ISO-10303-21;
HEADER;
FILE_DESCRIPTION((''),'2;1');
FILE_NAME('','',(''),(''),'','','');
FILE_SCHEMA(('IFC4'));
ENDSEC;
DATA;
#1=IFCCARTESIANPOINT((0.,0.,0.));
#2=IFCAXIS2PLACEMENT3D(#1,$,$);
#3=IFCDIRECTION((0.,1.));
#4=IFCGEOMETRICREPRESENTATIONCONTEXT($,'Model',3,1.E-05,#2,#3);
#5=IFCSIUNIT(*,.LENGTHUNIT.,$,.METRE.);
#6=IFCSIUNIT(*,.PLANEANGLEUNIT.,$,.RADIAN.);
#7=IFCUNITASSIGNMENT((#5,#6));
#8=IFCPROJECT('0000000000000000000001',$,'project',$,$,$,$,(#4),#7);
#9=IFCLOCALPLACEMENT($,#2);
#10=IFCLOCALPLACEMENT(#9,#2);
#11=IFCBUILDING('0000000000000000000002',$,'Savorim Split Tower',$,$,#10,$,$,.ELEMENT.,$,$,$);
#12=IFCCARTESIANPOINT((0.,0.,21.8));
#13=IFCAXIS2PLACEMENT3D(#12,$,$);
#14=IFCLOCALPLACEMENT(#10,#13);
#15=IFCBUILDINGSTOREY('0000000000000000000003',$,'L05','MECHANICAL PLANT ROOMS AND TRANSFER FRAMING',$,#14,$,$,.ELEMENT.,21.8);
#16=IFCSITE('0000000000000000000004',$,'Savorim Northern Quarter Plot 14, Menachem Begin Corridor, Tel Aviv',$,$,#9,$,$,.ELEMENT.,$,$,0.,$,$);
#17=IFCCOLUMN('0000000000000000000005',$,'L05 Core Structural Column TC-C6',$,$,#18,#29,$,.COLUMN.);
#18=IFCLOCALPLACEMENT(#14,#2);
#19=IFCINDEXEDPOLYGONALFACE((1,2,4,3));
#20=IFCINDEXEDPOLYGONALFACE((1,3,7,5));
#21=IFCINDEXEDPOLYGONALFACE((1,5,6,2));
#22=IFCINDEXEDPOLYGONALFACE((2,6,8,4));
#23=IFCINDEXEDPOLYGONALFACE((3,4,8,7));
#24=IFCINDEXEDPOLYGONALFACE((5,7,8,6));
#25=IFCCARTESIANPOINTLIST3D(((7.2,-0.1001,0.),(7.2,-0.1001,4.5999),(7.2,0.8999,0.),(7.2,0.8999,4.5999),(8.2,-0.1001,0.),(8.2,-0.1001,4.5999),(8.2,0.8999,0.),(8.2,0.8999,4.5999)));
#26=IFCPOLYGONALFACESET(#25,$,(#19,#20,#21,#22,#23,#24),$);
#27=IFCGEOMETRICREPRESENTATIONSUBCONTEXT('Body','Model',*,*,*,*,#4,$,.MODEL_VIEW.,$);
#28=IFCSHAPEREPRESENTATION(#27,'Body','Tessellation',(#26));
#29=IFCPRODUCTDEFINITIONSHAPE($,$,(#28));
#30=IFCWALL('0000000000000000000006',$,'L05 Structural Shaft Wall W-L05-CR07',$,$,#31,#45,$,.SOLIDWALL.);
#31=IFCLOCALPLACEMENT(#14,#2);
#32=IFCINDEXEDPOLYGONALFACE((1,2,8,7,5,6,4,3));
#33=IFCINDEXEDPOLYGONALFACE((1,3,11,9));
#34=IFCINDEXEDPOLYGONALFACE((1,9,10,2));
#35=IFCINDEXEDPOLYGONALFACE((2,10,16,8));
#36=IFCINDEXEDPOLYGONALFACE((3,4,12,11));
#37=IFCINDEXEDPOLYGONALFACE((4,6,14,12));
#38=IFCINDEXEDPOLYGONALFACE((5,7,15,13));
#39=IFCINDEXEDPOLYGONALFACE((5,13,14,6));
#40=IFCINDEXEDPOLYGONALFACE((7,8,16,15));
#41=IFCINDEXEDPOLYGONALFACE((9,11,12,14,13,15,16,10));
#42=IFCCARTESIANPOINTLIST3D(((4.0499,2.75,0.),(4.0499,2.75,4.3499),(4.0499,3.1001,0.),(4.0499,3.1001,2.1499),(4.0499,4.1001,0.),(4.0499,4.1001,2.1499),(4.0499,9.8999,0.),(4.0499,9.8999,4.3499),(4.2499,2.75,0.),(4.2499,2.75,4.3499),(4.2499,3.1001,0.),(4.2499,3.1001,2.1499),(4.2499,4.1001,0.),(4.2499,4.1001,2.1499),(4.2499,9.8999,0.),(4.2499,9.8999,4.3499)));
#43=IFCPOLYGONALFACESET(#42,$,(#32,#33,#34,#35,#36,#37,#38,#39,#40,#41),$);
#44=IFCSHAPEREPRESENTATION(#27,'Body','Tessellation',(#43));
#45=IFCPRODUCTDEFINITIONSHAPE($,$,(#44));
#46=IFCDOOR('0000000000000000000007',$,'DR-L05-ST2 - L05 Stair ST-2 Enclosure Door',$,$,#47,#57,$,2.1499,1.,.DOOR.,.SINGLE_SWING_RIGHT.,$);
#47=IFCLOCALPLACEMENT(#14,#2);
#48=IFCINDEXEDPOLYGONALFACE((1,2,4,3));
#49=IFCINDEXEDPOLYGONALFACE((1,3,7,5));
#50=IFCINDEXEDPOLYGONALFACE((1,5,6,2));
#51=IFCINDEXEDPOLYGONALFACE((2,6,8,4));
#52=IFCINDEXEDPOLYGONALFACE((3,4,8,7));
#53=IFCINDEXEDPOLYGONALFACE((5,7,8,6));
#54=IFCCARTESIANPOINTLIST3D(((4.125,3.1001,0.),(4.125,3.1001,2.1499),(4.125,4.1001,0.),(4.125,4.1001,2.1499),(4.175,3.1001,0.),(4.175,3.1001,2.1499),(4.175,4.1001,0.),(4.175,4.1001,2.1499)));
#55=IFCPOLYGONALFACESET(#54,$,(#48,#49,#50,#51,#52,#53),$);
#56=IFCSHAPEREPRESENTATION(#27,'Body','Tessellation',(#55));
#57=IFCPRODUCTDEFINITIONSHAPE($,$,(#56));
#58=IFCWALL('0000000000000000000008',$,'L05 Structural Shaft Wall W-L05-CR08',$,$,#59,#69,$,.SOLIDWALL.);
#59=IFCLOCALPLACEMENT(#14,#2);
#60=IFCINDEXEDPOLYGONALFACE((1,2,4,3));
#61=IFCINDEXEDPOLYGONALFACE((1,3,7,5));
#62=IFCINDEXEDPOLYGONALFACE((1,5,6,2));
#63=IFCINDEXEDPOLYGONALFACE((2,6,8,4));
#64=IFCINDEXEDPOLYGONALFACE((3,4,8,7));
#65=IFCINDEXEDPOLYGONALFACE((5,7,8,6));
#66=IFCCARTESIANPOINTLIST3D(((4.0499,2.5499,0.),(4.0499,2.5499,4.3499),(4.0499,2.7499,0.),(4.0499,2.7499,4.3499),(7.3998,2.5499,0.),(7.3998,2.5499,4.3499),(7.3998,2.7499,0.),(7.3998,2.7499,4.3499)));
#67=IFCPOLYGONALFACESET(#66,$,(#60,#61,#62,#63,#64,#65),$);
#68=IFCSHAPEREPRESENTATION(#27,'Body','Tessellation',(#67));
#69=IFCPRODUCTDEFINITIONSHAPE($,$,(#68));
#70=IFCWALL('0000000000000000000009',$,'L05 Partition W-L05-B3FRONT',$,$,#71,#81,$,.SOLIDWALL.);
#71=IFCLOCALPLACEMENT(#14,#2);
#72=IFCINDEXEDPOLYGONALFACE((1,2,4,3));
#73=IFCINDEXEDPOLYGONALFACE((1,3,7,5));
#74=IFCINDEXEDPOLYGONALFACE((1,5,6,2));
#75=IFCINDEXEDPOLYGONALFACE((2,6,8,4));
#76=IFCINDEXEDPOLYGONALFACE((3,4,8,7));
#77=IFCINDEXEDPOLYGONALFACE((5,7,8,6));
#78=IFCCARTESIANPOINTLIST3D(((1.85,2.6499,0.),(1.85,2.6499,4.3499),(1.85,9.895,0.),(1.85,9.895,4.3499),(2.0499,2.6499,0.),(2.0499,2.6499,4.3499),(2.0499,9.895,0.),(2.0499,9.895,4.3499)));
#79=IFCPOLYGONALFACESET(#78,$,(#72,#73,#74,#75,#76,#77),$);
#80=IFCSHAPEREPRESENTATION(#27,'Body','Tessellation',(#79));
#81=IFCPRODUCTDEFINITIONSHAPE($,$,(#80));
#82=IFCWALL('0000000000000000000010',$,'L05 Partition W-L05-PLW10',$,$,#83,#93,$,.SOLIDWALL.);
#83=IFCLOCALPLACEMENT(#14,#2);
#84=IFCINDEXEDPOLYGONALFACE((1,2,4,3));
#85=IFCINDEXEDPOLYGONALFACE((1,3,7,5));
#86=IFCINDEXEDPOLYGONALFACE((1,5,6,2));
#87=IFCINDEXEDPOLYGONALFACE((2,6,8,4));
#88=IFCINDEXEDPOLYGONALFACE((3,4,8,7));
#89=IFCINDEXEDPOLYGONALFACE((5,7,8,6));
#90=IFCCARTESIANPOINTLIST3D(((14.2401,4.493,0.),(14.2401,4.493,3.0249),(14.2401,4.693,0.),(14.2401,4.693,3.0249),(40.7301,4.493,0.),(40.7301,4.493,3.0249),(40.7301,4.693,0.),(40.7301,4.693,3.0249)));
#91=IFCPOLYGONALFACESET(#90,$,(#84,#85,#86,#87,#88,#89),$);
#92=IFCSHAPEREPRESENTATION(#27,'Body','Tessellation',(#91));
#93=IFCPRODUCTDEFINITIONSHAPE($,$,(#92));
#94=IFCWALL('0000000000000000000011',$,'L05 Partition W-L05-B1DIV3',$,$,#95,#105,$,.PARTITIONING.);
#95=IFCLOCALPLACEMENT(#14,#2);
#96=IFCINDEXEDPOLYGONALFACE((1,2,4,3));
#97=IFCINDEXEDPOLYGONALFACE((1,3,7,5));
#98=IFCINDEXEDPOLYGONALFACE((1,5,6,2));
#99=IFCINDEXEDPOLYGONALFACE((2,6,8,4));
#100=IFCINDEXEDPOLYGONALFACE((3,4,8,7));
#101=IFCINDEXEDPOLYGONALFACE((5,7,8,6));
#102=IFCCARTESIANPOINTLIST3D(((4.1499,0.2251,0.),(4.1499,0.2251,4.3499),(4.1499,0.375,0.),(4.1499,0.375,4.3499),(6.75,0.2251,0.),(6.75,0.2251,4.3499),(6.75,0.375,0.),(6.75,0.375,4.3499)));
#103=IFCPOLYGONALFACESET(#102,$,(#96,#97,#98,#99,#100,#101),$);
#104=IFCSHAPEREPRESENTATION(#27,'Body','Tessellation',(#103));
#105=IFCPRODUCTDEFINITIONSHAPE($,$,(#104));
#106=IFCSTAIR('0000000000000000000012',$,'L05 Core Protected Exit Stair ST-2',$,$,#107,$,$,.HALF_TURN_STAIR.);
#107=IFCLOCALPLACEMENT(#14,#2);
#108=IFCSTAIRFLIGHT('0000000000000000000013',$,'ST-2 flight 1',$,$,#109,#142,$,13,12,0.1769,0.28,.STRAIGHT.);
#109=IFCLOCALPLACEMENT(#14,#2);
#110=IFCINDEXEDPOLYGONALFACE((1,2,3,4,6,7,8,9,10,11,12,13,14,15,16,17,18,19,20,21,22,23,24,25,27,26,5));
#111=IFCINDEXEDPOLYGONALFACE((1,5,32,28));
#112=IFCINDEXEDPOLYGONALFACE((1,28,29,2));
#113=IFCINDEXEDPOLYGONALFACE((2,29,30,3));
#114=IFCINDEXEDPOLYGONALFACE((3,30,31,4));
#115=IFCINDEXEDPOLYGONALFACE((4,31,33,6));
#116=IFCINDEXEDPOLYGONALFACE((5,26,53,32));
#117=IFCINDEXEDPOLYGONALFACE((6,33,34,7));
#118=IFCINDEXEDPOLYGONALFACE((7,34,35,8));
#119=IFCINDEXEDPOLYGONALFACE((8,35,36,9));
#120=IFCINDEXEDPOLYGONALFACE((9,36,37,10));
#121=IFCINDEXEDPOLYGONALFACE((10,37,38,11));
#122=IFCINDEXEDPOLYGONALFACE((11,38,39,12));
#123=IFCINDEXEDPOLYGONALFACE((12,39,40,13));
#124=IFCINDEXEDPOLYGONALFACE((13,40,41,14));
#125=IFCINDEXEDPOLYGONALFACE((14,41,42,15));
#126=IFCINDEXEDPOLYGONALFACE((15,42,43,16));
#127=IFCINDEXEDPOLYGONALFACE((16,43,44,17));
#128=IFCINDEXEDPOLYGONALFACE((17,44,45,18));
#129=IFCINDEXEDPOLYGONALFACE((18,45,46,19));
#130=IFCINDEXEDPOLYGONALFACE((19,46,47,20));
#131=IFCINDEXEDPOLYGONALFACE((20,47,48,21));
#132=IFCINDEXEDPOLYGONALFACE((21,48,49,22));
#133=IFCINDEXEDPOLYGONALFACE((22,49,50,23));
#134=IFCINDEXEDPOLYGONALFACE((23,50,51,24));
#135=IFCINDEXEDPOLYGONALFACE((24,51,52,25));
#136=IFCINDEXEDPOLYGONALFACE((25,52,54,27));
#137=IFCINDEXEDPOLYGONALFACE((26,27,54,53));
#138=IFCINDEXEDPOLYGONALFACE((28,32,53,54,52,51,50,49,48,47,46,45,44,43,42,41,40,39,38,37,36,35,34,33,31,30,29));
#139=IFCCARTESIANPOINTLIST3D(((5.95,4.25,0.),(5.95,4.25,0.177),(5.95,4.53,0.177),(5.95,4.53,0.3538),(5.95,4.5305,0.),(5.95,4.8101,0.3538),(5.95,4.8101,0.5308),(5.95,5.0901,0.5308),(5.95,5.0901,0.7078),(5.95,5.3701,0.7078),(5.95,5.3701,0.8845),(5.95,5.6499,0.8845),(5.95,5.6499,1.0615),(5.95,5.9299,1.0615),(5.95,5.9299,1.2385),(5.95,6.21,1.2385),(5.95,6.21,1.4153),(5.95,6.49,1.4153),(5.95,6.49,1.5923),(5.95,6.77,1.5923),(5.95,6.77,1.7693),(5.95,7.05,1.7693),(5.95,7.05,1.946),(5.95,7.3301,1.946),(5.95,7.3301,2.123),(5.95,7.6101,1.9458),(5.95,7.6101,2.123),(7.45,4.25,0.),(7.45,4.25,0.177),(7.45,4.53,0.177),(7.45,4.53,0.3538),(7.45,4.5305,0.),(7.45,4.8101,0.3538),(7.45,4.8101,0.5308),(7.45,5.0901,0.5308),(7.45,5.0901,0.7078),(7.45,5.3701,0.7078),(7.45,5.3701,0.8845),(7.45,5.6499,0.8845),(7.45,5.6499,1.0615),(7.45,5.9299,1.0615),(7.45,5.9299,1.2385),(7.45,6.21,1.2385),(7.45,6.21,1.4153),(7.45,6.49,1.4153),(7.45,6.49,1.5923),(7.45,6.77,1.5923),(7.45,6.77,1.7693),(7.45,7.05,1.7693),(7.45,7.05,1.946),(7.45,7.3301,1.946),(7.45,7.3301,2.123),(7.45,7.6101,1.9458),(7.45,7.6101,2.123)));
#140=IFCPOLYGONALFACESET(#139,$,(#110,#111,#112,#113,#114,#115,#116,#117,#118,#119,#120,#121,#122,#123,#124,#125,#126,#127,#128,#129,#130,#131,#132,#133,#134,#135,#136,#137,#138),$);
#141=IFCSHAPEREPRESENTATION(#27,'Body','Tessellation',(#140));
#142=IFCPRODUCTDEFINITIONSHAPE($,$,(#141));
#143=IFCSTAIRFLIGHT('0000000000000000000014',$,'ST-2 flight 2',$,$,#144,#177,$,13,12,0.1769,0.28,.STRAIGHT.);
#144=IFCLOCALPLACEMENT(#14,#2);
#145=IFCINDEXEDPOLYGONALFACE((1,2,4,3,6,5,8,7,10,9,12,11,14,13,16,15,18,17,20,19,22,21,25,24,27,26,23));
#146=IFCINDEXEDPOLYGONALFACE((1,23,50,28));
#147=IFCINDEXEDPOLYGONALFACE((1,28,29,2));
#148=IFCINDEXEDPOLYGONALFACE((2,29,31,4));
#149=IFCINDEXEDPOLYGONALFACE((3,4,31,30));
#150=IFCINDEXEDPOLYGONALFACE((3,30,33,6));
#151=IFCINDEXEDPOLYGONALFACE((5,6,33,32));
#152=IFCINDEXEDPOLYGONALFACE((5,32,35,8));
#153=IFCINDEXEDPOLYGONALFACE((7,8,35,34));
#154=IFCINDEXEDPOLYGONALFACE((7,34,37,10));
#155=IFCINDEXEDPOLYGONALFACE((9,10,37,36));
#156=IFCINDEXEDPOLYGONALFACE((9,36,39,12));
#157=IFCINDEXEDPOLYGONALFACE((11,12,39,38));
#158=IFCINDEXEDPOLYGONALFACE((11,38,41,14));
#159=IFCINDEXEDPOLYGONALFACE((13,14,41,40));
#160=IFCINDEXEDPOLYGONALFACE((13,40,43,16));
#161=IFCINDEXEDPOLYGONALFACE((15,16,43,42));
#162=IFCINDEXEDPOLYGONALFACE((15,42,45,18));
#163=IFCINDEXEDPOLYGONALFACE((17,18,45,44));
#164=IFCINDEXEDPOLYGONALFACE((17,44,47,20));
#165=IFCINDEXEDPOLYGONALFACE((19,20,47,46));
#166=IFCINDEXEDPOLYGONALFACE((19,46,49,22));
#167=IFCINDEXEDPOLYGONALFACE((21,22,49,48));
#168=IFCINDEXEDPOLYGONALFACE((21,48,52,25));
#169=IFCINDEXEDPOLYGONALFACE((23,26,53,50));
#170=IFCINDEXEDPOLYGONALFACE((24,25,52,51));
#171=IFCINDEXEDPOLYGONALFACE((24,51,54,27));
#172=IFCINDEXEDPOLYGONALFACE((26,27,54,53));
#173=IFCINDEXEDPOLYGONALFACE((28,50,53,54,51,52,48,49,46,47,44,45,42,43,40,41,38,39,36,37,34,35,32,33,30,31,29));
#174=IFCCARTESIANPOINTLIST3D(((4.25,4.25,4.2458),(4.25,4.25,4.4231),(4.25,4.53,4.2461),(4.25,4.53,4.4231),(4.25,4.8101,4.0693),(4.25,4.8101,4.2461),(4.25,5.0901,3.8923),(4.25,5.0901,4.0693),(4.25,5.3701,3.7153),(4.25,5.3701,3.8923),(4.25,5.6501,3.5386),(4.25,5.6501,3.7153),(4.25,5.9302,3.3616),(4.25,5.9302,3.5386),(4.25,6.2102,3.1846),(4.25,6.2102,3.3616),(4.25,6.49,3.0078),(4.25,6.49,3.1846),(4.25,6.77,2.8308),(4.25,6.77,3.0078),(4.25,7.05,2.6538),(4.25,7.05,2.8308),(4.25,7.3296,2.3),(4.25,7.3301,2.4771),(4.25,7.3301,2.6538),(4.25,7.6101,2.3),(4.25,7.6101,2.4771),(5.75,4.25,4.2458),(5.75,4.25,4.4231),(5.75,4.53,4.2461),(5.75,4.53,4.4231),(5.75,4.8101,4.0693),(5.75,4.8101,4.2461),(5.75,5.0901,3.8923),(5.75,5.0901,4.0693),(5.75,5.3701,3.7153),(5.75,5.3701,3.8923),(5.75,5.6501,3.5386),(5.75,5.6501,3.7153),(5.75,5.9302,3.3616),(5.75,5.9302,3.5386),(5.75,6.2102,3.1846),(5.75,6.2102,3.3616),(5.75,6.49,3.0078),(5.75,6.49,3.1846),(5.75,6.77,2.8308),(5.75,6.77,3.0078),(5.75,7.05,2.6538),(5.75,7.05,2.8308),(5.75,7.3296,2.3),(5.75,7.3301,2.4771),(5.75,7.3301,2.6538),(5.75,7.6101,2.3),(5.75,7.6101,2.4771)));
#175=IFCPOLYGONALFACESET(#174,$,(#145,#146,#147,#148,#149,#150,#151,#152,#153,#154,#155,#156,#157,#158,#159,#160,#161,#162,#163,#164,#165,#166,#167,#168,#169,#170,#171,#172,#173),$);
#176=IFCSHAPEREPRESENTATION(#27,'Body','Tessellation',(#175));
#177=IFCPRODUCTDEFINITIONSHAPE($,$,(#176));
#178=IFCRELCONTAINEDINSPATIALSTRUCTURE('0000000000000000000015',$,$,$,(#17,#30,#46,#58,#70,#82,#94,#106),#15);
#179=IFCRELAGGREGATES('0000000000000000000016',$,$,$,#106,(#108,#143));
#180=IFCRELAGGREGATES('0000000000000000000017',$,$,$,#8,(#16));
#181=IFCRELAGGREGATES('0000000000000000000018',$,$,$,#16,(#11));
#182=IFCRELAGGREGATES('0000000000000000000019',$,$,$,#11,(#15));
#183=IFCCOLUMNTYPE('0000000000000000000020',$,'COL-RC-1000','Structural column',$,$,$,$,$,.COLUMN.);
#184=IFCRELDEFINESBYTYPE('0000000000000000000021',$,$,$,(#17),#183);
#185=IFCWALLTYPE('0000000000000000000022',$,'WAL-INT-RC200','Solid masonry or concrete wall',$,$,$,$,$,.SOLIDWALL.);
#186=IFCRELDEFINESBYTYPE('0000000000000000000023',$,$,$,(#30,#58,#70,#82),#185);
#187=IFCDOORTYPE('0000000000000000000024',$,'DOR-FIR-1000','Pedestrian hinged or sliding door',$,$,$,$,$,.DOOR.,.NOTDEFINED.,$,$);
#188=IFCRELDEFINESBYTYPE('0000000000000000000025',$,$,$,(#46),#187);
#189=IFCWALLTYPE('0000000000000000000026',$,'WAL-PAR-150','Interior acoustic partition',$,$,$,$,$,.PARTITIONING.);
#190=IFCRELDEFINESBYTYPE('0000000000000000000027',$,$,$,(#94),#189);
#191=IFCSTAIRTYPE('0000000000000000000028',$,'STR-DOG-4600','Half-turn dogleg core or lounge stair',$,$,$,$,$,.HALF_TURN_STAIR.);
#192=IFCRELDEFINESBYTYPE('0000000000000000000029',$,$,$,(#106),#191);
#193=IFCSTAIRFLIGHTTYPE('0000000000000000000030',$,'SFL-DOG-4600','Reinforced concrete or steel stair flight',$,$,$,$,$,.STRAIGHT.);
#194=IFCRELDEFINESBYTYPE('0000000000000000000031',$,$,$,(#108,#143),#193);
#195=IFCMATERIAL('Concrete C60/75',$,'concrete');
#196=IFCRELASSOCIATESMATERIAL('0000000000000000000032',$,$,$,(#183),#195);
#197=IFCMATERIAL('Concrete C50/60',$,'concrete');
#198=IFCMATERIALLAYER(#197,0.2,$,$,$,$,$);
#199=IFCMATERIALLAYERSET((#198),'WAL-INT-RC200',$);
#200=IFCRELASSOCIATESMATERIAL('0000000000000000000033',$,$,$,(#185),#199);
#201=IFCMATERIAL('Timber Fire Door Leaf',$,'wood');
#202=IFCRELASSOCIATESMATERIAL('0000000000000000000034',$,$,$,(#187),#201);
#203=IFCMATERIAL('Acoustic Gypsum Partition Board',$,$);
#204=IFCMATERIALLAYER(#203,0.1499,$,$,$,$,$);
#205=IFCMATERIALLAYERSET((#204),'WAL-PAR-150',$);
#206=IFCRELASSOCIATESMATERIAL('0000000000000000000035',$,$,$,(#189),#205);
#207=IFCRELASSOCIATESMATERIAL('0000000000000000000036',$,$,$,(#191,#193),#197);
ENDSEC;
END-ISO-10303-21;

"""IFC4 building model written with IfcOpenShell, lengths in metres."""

from ifc_helpers import new_model, si_unit, direction, frame, frame_2d, origin, origin_2d, place, context, subcontext, project, spatial, polyline, rectangle, outline, extrude, material, layer, layer_set, material_profile, profile_set, type_object, element, fill, aggregate, save


model = new_model("IFC4")

# Units and contexts
model_context = context("Model", 3, precision=1e-05, world=origin(), true_north=direction((0.0, 1.0)))
body_context = subcontext(model_context, "Body", "Model", "MODEL_VIEW")
ifc_project = project(units=[si_unit("LENGTHUNIT", "METRE"), si_unit("PLANEANGLEUNIT", "RADIAN")], contexts=[model_context])

# Site, building, storey
site_placement = place(None, origin())
site = spatial("IfcSite", under=ifc_project, at=site_placement, Name="Savorim Northern Quarter Plot 14, Menachem Begin Corridor, Tel Aviv", CompositionType="ELEMENT", RefElevation=0.0)
building_placement = place(site_placement, origin())
building = spatial("IfcBuilding", under=site, at=building_placement, Name="Savorim Split Tower", CompositionType="ELEMENT")
storey_placement = place(building_placement, frame((0.0, 0.0, 21.8)))
storey = spatial("IfcBuildingStorey", under=building, at=storey_placement, Name="L05", Description="MECHANICAL PLANT ROOMS AND TRANSFER FRAMING", CompositionType="ELEMENT", Elevation=21.8)

# Column
ifc_material_1 = material(Name="Concrete C60/75", Category="concrete")
ifc_material_profile = material_profile(ifc_material_1, rectangle(XDim=1.0, YDim=1.0, at=origin_2d()), Name="RC 1000x1000")
ifc_profile_set = profile_set([ifc_material_profile], Name="Concrete C60/75")
column_type = type_object("IfcColumnType", Name="COL-RC-1000", Description="Structural column", PredefinedType="COLUMN", material=ifc_profile_set)
column_placement = place(storey_placement, frame((7.7, 0.3999, 0.0), z_axis=(0.0, 0.0, 1.0), x_axis=(1.0, 0.0, 0.0)))
element("IfcColumn", 1, at=column_placement, inside=storey, type_object=column_type, Name="L05 Core Structural Column TC-C6", PredefinedType="COLUMN", context=body_context, shape_type="SweptSolid", body=[
    extrude(rectangle(XDim=1.0, YDim=1.0, at=origin_2d()), origin(), (0.0, 0.0, 1.0), 4.5999),
])

# Wall, opening, door
ifc_material_2 = material(Name="Concrete C50/60", Category="concrete")
ifc_layer_1 = layer(ifc_material_2, 0.2)
ifc_layer_set_1 = layer_set([ifc_layer_1], Name="WAL-INT-RC200")
wall_type_1 = type_object("IfcWallType", Name="WAL-INT-RC200", Description="Solid masonry or concrete wall", PredefinedType="SOLIDWALL", material=ifc_layer_set_1)
wall_1_placement = place(storey_placement, frame((4.1499, 2.75, 0.0), z_axis=(0.0, 0.0, 1.0), x_axis=(0.0, 1.0, 0.0)))
wall_1 = element("IfcWall", 2, at=wall_1_placement, inside=storey, type_object=wall_type_1, Name="L05 Structural Shaft Wall W-L05-CR07", PredefinedType="SOLIDWALL", context=body_context, shape_type="SweptSolid", body=[
    extrude(rectangle(XDim=7.1499, YDim=0.2, at=frame_2d((3.575, 0.0))), origin(), (0.0, 0.0, 1.0), 4.3499),
])
opening_placement = place(wall_1_placement, frame((0.3501, 0.0, 0.0)))
opening = element("IfcOpeningElement", 3, at=opening_placement, cuts=wall_1, PredefinedType="OPENING", context=body_context, shape_type="SweptSolid", body=[
    extrude(rectangle(XDim=1.0, YDim=2.1499, at=frame_2d((0.5, 1.075))), frame((0.0, 0.1099, 0.0), z_axis=(0.0, -1.0, 0.0), x_axis=(1.0, 0.0, 0.0)), (0.0, 0.0, 1.0), 0.22),
])
ifc_material_3 = material(Name="Timber Fire Door Leaf", Category="wood")
door_type = type_object("IfcDoorType", Name="DOR-FIR-1000", Description="Pedestrian hinged or sliding door", OperationType="NOTDEFINED", PredefinedType="DOOR", material=ifc_material_3)
door_placement = place(opening_placement, origin())
door = element("IfcDoor", 4, at=door_placement, inside=storey, type_object=door_type, Name="DR-L05-ST2 - L05 Stair ST-2 Enclosure Door", OperationType="SINGLE_SWING_RIGHT", OverallHeight=2.1499, OverallWidth=1.0, PredefinedType="DOOR", context=body_context, shape_type="SweptSolid", body=[
    extrude(rectangle(XDim=1.0, YDim=2.1499, at=frame_2d((0.5, 1.075))), frame((0.0, 0.0249, 0.0), z_axis=(0.0, -1.0, 0.0), x_axis=(1.0, 0.0, 0.0)), (0.0, 0.0, 1.0), 0.05),
])
fill(opening, door)

# Walls
wall_2_placement = place(storey_placement, frame((4.05, 2.6499, 0.0), z_axis=(0.0, 0.0, 1.0), x_axis=(1.0, 0.0, 0.0)))
element("IfcWall", 5, at=wall_2_placement, inside=storey, type_object=wall_type_1, Name="L05 Structural Shaft Wall W-L05-CR08", PredefinedType="SOLIDWALL", context=body_context, shape_type="SweptSolid", body=[
    extrude(rectangle(XDim=3.3499, YDim=0.2, at=frame_2d((1.6748, 0.0))), origin(), (0.0, 0.0, 1.0), 4.3499),
])
wall_3_placement = place(storey_placement, frame((1.95, 2.6499, 0.0), z_axis=(0.0, 0.0, 1.0), x_axis=(0.0, 1.0, 0.0)))
element("IfcWall", 6, at=wall_3_placement, inside=storey, type_object=wall_type_1, Name="L05 Partition W-L05-B3FRONT", PredefinedType="SOLIDWALL", context=body_context, shape_type="SweptSolid", body=[
    extrude(rectangle(XDim=7.2451, YDim=0.2, at=frame_2d((3.6226, 0.0))), origin(), (0.0, 0.0, 1.0), 4.3499),
])
wall_4_placement = place(storey_placement, frame((14.24, 4.593, 0.0), z_axis=(0.0, 0.0, 1.0), x_axis=(1.0, 0.0, 0.0)))
element("IfcWall", 7, at=wall_4_placement, inside=storey, type_object=wall_type_1, Name="L05 Partition W-L05-PLW10", PredefinedType="SOLIDWALL", context=body_context, shape_type="SweptSolid", body=[
    extrude(rectangle(XDim=26.49, YDim=0.2, at=frame_2d((13.2451, 0.0))), origin(), (0.0, 0.0, 1.0), 3.0249),
])
ifc_material_4 = material(Name="Acoustic Gypsum Partition Board")
ifc_layer_2 = layer(ifc_material_4, 0.1499)
ifc_layer_set_2 = layer_set([ifc_layer_2], Name="WAL-PAR-150")
wall_type_2 = type_object("IfcWallType", Name="WAL-PAR-150", Description="Interior acoustic partition", PredefinedType="PARTITIONING", material=ifc_layer_set_2)
wall_5_placement = place(storey_placement, frame((4.1499, 0.3, 0.0), z_axis=(0.0, 0.0, 1.0), x_axis=(1.0, 0.0, 0.0)))
element("IfcWall", 8, at=wall_5_placement, inside=storey, type_object=wall_type_2, Name="L05 Partition W-L05-B1DIV3", PredefinedType="PARTITIONING", context=body_context, shape_type="SweptSolid", body=[
    extrude(rectangle(XDim=2.6001, YDim=0.1499, at=frame_2d((1.3, 0.0))), origin(), (0.0, 0.0, 1.0), 4.3499),
])

# Stair, stair flights
stair_type = type_object("IfcStairType", Name="STR-DOG-4600", Description="Half-turn dogleg core or lounge stair", PredefinedType="HALF_TURN_STAIR", material=ifc_material_2)
stair_placement = place(storey_placement, origin())
stair = element("IfcStair", 9, at=stair_placement, inside=storey, type_object=stair_type, Name="L05 Core Protected Exit Stair ST-2", PredefinedType="HALF_TURN_STAIR")
stair_flight_type = type_object("IfcStairFlightType", Name="SFL-DOG-4600", Description="Reinforced concrete or steel stair flight", PredefinedType="STRAIGHT", material=ifc_material_2)
stair_flight_1_placement = place(storey_placement, frame((6.7, 4.25, 0.0), z_axis=(0.0, 0.0, 1.0), x_axis=(0.0, 1.0, 0.0)))
stair_flight_1 = element("IfcStairFlight", 10, at=stair_flight_1_placement, type_object=stair_flight_type, Name="ST-2 flight 1", NumberOfRisers=13, NumberOfTreads=12, PredefinedType="STRAIGHT", RiserHeight=0.1769, TreadLength=0.28, context=body_context, shape_type="SweptSolid", body=[
    extrude(outline(polyline([(0.0, 0.0), (0.0, 0.177), (0.28, 0.177), (0.28, 0.3538), (0.5601, 0.3538), (0.5601, 0.5308), (0.8401, 0.5308), (0.8401, 0.7078), (1.1201, 0.7078), (1.1201, 0.8845), (1.3999, 0.8845), (1.3999, 1.0615), (1.6799, 1.0615), (1.6799, 1.2385), (1.96, 1.2385), (1.96, 1.4153), (2.24, 1.4153), (2.24, 1.5923), (2.52, 1.5923), (2.52, 1.7693), (2.8, 1.7693), (2.8, 1.946), (3.0801, 1.946), (3.0801, 2.123), (3.3601, 2.123), (3.3601, 2.3), (3.3601, 1.9458), (0.2805, 0.0), (0.0, 0.0)])), frame((0.0, 0.75, 0.0), z_axis=(0.0, -1.0, 0.0), x_axis=(1.0, 0.0, 0.0)), (0.0, 0.0, 1.0), 1.5),
])
stair_flight_2_placement = place(storey_placement, frame((5.0, 7.6101, 2.3), z_axis=(0.0, 0.0, 1.0), x_axis=(0.0, -1.0, 0.0)))
stair_flight_2 = element("IfcStairFlight", 11, at=stair_flight_2_placement, type_object=stair_flight_type, Name="ST-2 flight 2", NumberOfRisers=13, NumberOfTreads=12, PredefinedType="STRAIGHT", RiserHeight=0.1769, TreadLength=0.28, context=body_context, shape_type="SweptSolid", body=[
    extrude(outline(polyline([(0.0, 0.0), (0.0, 0.177), (0.28, 0.177), (0.28, 0.3538), (0.5601, 0.3538), (0.5601, 0.5308), (0.8401, 0.5308), (0.8401, 0.7078), (1.1201, 0.7078), (1.1201, 0.8845), (1.3999, 0.8845), (1.3999, 1.0615), (1.6799, 1.0615), (1.6799, 1.2385), (1.96, 1.2385), (1.96, 1.4153), (2.24, 1.4153), (2.24, 1.5923), (2.52, 1.5923), (2.52, 1.7693), (2.8, 1.7693), (2.8, 1.946), (3.0801, 1.946), (3.0801, 2.123), (3.3601, 2.123), (3.3601, 2.3), (3.3601, 1.9458), (0.2805, 0.0), (0.0, 0.0)])), frame((0.0, 0.75, 0.0), z_axis=(0.0, -1.0, 0.0), x_axis=(1.0, 0.0, 0.0)), (0.0, 0.0, 1.0), 1.5),
])
aggregate(stair, [stair_flight_1, stair_flight_2])

save(model, "model.ifc")
